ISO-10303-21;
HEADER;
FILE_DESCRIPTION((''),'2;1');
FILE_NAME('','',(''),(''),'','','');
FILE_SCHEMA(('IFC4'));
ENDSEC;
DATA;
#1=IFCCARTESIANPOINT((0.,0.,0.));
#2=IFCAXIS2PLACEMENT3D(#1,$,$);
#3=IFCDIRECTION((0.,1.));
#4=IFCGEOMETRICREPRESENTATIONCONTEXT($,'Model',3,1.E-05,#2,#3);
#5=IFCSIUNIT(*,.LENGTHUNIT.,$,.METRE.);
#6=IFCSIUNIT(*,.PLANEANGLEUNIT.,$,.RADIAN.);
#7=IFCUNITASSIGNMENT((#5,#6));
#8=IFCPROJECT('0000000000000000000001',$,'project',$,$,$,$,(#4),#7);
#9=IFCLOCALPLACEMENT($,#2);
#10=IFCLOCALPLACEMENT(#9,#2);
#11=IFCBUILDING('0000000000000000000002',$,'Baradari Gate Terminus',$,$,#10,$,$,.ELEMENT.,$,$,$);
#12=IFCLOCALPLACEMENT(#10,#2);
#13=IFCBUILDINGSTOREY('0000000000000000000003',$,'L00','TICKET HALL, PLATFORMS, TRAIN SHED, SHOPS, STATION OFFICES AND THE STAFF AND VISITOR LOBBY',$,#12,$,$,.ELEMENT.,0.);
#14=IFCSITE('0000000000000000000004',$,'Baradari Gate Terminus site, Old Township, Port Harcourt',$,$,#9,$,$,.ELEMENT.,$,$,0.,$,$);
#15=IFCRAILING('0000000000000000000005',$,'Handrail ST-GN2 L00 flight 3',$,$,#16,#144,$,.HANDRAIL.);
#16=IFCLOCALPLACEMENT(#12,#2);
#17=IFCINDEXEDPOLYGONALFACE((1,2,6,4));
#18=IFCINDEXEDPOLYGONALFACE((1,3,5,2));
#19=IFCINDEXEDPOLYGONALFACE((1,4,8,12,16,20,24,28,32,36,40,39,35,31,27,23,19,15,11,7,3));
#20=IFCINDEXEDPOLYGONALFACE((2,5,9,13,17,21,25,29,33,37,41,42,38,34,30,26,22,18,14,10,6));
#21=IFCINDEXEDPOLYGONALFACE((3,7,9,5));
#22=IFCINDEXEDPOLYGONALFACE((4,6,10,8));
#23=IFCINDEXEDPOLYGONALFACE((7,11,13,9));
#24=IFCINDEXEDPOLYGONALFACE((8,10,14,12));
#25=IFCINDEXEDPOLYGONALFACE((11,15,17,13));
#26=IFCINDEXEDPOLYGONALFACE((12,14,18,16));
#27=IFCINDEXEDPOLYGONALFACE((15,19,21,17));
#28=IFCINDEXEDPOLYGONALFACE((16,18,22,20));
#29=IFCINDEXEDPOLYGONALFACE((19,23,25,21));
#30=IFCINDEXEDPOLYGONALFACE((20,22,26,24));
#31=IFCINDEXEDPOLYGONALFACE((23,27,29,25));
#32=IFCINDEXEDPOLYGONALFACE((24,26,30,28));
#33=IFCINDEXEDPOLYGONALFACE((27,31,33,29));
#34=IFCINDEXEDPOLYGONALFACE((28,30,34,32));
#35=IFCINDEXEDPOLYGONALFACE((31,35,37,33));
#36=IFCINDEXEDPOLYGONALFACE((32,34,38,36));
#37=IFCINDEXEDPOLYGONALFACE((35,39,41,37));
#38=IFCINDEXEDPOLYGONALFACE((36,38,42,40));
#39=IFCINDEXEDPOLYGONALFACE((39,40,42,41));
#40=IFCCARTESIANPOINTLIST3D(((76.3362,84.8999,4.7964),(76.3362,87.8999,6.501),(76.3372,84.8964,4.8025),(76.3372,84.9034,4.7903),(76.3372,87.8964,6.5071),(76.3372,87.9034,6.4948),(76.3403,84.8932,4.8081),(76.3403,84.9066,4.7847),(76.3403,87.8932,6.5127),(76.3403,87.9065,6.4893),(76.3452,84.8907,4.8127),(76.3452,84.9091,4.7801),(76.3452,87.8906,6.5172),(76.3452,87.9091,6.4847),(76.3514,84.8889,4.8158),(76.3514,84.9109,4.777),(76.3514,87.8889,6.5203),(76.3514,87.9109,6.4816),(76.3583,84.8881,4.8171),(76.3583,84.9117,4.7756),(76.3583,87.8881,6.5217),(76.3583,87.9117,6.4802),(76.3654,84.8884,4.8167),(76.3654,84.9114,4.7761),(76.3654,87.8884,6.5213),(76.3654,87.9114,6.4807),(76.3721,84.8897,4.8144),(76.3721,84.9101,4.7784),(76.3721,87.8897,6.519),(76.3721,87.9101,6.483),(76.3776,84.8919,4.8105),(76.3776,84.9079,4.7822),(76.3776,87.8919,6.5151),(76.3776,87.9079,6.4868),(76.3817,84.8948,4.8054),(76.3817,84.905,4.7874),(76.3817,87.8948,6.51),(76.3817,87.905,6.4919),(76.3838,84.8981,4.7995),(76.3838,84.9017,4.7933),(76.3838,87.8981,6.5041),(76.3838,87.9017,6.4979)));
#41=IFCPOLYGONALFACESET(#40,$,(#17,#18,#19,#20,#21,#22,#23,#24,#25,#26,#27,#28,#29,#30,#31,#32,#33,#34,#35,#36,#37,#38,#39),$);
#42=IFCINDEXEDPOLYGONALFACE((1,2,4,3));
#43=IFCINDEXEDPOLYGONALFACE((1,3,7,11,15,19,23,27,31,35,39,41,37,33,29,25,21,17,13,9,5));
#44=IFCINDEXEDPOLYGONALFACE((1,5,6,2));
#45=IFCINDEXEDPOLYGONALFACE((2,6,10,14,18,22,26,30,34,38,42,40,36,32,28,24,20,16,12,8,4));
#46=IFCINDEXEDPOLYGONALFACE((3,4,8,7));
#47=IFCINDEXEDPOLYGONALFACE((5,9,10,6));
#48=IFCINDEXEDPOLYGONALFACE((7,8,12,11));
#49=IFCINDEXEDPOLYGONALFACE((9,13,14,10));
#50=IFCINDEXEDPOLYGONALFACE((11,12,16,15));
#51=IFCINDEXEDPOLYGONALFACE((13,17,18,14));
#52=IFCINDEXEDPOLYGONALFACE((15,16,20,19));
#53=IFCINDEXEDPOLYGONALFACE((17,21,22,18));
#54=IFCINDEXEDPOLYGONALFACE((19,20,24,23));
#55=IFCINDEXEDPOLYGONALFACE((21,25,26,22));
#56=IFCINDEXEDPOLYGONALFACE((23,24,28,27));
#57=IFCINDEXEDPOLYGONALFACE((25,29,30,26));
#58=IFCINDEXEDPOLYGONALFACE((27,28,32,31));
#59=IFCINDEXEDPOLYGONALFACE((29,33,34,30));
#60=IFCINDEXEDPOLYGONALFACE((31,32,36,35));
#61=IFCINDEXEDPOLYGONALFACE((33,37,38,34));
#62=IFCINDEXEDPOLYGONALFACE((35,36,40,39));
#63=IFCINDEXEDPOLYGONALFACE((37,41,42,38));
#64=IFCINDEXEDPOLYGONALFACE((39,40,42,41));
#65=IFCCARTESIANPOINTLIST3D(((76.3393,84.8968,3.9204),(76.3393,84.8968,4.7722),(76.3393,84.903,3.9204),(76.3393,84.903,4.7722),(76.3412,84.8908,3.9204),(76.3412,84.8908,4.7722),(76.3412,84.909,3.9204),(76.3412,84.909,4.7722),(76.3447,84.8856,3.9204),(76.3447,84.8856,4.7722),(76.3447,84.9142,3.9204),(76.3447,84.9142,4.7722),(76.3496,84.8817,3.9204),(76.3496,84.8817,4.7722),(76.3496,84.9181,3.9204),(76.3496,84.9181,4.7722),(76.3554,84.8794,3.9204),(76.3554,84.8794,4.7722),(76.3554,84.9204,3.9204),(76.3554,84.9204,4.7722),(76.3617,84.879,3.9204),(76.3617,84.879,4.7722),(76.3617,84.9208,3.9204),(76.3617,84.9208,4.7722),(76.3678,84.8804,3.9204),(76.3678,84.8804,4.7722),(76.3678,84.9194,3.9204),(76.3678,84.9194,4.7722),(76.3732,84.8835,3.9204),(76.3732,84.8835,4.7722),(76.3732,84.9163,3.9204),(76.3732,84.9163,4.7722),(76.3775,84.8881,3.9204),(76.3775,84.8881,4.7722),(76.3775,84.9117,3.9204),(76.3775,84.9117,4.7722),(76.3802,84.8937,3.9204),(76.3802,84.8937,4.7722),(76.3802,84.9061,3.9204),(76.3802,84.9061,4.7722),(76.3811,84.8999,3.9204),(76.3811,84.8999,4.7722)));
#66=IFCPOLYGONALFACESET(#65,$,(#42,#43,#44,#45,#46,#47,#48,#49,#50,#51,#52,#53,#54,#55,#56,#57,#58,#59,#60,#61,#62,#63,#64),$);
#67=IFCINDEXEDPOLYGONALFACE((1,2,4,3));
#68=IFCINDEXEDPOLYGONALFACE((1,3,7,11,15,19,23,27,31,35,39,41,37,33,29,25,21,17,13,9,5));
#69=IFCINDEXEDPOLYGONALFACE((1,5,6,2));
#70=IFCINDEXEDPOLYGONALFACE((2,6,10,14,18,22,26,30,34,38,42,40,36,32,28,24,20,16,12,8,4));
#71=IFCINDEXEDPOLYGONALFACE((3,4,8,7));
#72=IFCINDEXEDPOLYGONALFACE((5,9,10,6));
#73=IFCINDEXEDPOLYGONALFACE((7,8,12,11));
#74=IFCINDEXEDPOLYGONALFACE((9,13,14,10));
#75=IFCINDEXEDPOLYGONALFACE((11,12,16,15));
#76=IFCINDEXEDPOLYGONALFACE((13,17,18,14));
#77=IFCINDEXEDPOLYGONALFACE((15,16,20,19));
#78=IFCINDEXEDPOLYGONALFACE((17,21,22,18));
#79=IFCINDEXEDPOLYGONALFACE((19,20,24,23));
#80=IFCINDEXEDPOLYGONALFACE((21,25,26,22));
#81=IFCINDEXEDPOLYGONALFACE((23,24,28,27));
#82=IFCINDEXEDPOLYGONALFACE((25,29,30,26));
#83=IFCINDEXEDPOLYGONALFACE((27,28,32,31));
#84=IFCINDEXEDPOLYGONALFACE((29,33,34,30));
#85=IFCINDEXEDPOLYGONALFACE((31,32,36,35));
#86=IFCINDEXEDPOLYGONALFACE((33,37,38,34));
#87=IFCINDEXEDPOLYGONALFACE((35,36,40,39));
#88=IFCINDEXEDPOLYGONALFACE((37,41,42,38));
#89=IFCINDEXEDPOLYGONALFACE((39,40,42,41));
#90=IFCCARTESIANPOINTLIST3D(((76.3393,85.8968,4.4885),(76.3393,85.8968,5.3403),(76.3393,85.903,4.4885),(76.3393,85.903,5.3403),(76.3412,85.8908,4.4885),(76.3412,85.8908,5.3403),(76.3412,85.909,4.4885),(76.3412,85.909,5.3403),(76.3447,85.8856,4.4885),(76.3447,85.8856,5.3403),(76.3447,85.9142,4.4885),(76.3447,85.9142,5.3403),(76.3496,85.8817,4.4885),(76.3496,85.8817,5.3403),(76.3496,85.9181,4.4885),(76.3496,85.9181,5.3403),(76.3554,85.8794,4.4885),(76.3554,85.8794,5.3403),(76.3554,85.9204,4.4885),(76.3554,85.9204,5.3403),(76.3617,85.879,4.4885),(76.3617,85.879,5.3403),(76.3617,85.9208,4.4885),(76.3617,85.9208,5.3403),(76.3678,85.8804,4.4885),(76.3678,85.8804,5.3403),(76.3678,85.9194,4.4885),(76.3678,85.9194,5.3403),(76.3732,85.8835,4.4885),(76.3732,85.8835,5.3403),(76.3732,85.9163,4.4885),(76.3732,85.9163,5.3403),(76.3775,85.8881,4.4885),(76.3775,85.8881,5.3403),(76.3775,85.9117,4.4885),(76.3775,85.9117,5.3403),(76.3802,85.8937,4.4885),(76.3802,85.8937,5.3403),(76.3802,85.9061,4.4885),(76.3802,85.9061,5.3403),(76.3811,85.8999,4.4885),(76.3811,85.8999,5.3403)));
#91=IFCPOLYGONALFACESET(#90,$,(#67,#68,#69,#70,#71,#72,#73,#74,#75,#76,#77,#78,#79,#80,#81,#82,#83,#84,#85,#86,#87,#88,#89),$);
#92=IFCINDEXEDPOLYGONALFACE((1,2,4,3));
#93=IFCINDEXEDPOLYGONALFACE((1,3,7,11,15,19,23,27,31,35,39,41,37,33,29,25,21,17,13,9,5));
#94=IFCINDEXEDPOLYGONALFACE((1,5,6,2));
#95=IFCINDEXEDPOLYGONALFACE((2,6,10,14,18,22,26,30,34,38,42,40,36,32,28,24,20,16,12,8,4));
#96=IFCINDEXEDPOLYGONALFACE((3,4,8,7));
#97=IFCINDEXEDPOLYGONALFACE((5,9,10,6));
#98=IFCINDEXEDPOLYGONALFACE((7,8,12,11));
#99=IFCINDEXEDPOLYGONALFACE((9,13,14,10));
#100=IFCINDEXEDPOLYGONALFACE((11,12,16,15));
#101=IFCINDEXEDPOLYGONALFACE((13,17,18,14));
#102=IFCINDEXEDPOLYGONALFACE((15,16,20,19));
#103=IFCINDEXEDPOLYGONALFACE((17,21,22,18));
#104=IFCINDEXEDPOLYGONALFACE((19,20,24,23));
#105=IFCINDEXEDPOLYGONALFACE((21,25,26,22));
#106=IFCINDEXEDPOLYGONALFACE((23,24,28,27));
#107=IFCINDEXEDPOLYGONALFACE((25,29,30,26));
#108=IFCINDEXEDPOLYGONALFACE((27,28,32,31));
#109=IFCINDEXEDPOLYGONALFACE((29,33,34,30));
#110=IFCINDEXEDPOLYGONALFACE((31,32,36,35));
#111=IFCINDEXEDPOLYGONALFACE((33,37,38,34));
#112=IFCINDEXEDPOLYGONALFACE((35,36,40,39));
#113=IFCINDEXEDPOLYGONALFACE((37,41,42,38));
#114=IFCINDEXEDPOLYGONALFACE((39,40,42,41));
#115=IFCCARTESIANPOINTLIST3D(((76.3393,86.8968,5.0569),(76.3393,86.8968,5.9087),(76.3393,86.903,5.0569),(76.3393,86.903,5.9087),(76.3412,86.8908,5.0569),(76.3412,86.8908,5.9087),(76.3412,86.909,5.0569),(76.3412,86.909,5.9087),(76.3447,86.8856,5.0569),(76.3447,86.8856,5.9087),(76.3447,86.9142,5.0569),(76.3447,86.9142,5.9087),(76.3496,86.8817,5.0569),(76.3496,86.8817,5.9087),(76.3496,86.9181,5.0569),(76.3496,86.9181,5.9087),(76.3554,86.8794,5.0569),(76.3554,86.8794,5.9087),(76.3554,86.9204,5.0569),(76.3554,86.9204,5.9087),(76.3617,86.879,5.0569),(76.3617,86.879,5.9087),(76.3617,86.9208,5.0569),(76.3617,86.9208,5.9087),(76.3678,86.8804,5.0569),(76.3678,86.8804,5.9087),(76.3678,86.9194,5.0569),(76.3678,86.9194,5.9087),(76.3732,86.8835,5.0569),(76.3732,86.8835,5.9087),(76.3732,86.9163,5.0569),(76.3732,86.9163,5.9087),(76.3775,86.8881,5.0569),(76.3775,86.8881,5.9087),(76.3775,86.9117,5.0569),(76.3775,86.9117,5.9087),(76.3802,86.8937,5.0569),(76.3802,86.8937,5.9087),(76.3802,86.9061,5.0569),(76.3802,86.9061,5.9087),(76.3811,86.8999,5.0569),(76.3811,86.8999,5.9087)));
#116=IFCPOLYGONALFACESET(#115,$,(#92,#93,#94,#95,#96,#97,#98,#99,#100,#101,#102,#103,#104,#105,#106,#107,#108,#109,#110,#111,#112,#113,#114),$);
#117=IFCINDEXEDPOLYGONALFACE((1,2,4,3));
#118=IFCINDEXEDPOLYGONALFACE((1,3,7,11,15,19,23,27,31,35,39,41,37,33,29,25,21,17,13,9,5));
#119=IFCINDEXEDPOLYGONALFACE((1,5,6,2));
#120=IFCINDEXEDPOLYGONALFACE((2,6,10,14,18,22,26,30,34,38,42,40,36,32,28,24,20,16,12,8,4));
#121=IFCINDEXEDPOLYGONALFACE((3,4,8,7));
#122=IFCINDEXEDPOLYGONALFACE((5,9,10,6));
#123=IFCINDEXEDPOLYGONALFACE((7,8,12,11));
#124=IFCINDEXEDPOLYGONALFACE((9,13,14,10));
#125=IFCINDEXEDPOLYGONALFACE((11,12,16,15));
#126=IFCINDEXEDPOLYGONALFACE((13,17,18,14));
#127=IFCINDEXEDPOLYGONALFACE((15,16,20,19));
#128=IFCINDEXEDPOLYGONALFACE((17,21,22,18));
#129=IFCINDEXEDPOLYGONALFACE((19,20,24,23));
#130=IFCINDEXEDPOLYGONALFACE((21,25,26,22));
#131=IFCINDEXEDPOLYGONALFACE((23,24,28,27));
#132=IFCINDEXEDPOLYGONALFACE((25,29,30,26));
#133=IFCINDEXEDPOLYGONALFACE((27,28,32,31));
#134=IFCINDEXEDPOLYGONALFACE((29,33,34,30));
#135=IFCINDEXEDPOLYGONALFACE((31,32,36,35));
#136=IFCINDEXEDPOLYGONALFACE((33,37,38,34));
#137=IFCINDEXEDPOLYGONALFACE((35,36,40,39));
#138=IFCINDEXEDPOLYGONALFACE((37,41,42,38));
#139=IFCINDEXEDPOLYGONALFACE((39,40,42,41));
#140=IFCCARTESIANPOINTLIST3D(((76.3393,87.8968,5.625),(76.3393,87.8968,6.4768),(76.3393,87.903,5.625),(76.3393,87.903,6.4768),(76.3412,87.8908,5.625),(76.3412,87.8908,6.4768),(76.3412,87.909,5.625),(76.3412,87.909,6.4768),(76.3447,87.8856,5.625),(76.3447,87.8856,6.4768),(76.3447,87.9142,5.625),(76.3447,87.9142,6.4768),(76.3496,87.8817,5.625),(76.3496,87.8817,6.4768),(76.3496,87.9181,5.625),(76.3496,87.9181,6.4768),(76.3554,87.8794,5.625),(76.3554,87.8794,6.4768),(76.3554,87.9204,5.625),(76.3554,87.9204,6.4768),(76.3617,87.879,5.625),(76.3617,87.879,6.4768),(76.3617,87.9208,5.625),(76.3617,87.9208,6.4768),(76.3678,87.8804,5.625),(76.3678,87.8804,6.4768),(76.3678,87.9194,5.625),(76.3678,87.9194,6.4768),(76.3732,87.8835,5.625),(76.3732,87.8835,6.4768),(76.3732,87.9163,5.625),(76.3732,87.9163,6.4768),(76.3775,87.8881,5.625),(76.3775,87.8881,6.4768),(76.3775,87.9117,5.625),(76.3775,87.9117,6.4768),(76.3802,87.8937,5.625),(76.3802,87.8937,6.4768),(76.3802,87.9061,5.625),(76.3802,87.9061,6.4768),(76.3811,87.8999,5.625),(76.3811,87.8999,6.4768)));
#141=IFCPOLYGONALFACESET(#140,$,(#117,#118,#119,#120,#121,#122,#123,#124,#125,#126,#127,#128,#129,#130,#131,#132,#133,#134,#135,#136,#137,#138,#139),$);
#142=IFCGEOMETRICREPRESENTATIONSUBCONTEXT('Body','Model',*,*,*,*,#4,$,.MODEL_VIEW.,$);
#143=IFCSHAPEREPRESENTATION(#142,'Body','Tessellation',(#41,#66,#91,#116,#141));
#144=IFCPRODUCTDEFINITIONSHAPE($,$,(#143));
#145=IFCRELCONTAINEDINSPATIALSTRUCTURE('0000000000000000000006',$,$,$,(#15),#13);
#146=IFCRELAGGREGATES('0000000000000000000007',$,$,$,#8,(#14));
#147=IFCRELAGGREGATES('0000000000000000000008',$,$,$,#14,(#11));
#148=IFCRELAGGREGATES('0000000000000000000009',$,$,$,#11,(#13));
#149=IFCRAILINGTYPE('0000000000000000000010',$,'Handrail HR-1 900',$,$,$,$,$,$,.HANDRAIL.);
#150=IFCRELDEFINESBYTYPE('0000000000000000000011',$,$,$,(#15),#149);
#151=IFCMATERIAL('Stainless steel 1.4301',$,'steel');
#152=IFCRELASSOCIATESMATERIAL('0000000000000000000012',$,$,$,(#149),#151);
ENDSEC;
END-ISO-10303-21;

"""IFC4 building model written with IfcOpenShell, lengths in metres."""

from ifc_helpers import new_model, si_unit, direction, frame, origin, origin_2d, place, context, subcontext, project, spatial, circle, extrude, material, type_object, element, save


model = new_model("IFC4")

# Units and contexts
model_context = context("Model", 3, precision=1e-05, world=origin(), true_north=direction((0.0, 1.0)))
body_context = subcontext(model_context, "Body", "Model", "MODEL_VIEW")
ifc_project = project(units=[si_unit("LENGTHUNIT", "METRE"), si_unit("PLANEANGLEUNIT", "RADIAN")], contexts=[model_context])

# Site, building, storey
site_placement = place(None, origin())
site = spatial("IfcSite", under=ifc_project, at=site_placement, Name="Baradari Gate Terminus site, Old Township, Port Harcourt", CompositionType="ELEMENT", RefElevation=0.0)
building_placement = place(site_placement, origin())
building = spatial("IfcBuilding", under=site, at=building_placement, Name="Baradari Gate Terminus", CompositionType="ELEMENT")
storey_placement = place(building_placement, origin())
storey = spatial("IfcBuildingStorey", under=building, at=storey_placement, Name="L00", Description="TICKET HALL, PLATFORMS, TRAIN SHED, SHOPS, STATION OFFICES AND THE STAFF AND VISITOR LOBBY", CompositionType="ELEMENT", Elevation=0.0)

# Railing
ifc_material_1 = material(Name="Stainless steel 1.4301", Category="steel")
railing_type_1 = type_object("IfcRailingType", Name="Handrail HR-1 900", PredefinedType="HANDRAIL", material=ifc_material_1)
for number, where, name in (
    (1, (76.3601, 84.8999, 3.9204), "Handrail ST-GN2 L00 flight 3"),
):
    element("IfcRailing", number, at=place(storey_placement, frame(where)), inside=storey, type_object=railing_type_1, Name=name, PredefinedType="HANDRAIL", context=body_context, shape_type="SweptSolid", body=[
        extrude(circle(Radius=0.0239, at=origin_2d()), frame((0.0, 0.0, 0.876), z_axis=(0.0, 0.869451, 0.494019), x_axis=(-1.0, 0.0, 0.0)), (0.0, 0.0, 1.0), 3.4504),
        extrude(circle(Radius=0.021, at=origin_2d()), origin(), (0.0, 0.0, 1.0), 0.8518),
        extrude(circle(Radius=0.021, at=origin_2d()), frame((0.0, 1.0, 0.5681)), (0.0, 0.0, 1.0), 0.8518),
        extrude(circle(Radius=0.021, at=origin_2d()), frame((0.0, 2.0, 1.1365)), (0.0, 0.0, 1.0), 0.8518),
        extrude(circle(Radius=0.021, at=origin_2d()), frame((0.0, 3.0, 1.7046)), (0.0, 0.0, 1.0), 0.8518),
    ])

save(model, "model.ifc")
